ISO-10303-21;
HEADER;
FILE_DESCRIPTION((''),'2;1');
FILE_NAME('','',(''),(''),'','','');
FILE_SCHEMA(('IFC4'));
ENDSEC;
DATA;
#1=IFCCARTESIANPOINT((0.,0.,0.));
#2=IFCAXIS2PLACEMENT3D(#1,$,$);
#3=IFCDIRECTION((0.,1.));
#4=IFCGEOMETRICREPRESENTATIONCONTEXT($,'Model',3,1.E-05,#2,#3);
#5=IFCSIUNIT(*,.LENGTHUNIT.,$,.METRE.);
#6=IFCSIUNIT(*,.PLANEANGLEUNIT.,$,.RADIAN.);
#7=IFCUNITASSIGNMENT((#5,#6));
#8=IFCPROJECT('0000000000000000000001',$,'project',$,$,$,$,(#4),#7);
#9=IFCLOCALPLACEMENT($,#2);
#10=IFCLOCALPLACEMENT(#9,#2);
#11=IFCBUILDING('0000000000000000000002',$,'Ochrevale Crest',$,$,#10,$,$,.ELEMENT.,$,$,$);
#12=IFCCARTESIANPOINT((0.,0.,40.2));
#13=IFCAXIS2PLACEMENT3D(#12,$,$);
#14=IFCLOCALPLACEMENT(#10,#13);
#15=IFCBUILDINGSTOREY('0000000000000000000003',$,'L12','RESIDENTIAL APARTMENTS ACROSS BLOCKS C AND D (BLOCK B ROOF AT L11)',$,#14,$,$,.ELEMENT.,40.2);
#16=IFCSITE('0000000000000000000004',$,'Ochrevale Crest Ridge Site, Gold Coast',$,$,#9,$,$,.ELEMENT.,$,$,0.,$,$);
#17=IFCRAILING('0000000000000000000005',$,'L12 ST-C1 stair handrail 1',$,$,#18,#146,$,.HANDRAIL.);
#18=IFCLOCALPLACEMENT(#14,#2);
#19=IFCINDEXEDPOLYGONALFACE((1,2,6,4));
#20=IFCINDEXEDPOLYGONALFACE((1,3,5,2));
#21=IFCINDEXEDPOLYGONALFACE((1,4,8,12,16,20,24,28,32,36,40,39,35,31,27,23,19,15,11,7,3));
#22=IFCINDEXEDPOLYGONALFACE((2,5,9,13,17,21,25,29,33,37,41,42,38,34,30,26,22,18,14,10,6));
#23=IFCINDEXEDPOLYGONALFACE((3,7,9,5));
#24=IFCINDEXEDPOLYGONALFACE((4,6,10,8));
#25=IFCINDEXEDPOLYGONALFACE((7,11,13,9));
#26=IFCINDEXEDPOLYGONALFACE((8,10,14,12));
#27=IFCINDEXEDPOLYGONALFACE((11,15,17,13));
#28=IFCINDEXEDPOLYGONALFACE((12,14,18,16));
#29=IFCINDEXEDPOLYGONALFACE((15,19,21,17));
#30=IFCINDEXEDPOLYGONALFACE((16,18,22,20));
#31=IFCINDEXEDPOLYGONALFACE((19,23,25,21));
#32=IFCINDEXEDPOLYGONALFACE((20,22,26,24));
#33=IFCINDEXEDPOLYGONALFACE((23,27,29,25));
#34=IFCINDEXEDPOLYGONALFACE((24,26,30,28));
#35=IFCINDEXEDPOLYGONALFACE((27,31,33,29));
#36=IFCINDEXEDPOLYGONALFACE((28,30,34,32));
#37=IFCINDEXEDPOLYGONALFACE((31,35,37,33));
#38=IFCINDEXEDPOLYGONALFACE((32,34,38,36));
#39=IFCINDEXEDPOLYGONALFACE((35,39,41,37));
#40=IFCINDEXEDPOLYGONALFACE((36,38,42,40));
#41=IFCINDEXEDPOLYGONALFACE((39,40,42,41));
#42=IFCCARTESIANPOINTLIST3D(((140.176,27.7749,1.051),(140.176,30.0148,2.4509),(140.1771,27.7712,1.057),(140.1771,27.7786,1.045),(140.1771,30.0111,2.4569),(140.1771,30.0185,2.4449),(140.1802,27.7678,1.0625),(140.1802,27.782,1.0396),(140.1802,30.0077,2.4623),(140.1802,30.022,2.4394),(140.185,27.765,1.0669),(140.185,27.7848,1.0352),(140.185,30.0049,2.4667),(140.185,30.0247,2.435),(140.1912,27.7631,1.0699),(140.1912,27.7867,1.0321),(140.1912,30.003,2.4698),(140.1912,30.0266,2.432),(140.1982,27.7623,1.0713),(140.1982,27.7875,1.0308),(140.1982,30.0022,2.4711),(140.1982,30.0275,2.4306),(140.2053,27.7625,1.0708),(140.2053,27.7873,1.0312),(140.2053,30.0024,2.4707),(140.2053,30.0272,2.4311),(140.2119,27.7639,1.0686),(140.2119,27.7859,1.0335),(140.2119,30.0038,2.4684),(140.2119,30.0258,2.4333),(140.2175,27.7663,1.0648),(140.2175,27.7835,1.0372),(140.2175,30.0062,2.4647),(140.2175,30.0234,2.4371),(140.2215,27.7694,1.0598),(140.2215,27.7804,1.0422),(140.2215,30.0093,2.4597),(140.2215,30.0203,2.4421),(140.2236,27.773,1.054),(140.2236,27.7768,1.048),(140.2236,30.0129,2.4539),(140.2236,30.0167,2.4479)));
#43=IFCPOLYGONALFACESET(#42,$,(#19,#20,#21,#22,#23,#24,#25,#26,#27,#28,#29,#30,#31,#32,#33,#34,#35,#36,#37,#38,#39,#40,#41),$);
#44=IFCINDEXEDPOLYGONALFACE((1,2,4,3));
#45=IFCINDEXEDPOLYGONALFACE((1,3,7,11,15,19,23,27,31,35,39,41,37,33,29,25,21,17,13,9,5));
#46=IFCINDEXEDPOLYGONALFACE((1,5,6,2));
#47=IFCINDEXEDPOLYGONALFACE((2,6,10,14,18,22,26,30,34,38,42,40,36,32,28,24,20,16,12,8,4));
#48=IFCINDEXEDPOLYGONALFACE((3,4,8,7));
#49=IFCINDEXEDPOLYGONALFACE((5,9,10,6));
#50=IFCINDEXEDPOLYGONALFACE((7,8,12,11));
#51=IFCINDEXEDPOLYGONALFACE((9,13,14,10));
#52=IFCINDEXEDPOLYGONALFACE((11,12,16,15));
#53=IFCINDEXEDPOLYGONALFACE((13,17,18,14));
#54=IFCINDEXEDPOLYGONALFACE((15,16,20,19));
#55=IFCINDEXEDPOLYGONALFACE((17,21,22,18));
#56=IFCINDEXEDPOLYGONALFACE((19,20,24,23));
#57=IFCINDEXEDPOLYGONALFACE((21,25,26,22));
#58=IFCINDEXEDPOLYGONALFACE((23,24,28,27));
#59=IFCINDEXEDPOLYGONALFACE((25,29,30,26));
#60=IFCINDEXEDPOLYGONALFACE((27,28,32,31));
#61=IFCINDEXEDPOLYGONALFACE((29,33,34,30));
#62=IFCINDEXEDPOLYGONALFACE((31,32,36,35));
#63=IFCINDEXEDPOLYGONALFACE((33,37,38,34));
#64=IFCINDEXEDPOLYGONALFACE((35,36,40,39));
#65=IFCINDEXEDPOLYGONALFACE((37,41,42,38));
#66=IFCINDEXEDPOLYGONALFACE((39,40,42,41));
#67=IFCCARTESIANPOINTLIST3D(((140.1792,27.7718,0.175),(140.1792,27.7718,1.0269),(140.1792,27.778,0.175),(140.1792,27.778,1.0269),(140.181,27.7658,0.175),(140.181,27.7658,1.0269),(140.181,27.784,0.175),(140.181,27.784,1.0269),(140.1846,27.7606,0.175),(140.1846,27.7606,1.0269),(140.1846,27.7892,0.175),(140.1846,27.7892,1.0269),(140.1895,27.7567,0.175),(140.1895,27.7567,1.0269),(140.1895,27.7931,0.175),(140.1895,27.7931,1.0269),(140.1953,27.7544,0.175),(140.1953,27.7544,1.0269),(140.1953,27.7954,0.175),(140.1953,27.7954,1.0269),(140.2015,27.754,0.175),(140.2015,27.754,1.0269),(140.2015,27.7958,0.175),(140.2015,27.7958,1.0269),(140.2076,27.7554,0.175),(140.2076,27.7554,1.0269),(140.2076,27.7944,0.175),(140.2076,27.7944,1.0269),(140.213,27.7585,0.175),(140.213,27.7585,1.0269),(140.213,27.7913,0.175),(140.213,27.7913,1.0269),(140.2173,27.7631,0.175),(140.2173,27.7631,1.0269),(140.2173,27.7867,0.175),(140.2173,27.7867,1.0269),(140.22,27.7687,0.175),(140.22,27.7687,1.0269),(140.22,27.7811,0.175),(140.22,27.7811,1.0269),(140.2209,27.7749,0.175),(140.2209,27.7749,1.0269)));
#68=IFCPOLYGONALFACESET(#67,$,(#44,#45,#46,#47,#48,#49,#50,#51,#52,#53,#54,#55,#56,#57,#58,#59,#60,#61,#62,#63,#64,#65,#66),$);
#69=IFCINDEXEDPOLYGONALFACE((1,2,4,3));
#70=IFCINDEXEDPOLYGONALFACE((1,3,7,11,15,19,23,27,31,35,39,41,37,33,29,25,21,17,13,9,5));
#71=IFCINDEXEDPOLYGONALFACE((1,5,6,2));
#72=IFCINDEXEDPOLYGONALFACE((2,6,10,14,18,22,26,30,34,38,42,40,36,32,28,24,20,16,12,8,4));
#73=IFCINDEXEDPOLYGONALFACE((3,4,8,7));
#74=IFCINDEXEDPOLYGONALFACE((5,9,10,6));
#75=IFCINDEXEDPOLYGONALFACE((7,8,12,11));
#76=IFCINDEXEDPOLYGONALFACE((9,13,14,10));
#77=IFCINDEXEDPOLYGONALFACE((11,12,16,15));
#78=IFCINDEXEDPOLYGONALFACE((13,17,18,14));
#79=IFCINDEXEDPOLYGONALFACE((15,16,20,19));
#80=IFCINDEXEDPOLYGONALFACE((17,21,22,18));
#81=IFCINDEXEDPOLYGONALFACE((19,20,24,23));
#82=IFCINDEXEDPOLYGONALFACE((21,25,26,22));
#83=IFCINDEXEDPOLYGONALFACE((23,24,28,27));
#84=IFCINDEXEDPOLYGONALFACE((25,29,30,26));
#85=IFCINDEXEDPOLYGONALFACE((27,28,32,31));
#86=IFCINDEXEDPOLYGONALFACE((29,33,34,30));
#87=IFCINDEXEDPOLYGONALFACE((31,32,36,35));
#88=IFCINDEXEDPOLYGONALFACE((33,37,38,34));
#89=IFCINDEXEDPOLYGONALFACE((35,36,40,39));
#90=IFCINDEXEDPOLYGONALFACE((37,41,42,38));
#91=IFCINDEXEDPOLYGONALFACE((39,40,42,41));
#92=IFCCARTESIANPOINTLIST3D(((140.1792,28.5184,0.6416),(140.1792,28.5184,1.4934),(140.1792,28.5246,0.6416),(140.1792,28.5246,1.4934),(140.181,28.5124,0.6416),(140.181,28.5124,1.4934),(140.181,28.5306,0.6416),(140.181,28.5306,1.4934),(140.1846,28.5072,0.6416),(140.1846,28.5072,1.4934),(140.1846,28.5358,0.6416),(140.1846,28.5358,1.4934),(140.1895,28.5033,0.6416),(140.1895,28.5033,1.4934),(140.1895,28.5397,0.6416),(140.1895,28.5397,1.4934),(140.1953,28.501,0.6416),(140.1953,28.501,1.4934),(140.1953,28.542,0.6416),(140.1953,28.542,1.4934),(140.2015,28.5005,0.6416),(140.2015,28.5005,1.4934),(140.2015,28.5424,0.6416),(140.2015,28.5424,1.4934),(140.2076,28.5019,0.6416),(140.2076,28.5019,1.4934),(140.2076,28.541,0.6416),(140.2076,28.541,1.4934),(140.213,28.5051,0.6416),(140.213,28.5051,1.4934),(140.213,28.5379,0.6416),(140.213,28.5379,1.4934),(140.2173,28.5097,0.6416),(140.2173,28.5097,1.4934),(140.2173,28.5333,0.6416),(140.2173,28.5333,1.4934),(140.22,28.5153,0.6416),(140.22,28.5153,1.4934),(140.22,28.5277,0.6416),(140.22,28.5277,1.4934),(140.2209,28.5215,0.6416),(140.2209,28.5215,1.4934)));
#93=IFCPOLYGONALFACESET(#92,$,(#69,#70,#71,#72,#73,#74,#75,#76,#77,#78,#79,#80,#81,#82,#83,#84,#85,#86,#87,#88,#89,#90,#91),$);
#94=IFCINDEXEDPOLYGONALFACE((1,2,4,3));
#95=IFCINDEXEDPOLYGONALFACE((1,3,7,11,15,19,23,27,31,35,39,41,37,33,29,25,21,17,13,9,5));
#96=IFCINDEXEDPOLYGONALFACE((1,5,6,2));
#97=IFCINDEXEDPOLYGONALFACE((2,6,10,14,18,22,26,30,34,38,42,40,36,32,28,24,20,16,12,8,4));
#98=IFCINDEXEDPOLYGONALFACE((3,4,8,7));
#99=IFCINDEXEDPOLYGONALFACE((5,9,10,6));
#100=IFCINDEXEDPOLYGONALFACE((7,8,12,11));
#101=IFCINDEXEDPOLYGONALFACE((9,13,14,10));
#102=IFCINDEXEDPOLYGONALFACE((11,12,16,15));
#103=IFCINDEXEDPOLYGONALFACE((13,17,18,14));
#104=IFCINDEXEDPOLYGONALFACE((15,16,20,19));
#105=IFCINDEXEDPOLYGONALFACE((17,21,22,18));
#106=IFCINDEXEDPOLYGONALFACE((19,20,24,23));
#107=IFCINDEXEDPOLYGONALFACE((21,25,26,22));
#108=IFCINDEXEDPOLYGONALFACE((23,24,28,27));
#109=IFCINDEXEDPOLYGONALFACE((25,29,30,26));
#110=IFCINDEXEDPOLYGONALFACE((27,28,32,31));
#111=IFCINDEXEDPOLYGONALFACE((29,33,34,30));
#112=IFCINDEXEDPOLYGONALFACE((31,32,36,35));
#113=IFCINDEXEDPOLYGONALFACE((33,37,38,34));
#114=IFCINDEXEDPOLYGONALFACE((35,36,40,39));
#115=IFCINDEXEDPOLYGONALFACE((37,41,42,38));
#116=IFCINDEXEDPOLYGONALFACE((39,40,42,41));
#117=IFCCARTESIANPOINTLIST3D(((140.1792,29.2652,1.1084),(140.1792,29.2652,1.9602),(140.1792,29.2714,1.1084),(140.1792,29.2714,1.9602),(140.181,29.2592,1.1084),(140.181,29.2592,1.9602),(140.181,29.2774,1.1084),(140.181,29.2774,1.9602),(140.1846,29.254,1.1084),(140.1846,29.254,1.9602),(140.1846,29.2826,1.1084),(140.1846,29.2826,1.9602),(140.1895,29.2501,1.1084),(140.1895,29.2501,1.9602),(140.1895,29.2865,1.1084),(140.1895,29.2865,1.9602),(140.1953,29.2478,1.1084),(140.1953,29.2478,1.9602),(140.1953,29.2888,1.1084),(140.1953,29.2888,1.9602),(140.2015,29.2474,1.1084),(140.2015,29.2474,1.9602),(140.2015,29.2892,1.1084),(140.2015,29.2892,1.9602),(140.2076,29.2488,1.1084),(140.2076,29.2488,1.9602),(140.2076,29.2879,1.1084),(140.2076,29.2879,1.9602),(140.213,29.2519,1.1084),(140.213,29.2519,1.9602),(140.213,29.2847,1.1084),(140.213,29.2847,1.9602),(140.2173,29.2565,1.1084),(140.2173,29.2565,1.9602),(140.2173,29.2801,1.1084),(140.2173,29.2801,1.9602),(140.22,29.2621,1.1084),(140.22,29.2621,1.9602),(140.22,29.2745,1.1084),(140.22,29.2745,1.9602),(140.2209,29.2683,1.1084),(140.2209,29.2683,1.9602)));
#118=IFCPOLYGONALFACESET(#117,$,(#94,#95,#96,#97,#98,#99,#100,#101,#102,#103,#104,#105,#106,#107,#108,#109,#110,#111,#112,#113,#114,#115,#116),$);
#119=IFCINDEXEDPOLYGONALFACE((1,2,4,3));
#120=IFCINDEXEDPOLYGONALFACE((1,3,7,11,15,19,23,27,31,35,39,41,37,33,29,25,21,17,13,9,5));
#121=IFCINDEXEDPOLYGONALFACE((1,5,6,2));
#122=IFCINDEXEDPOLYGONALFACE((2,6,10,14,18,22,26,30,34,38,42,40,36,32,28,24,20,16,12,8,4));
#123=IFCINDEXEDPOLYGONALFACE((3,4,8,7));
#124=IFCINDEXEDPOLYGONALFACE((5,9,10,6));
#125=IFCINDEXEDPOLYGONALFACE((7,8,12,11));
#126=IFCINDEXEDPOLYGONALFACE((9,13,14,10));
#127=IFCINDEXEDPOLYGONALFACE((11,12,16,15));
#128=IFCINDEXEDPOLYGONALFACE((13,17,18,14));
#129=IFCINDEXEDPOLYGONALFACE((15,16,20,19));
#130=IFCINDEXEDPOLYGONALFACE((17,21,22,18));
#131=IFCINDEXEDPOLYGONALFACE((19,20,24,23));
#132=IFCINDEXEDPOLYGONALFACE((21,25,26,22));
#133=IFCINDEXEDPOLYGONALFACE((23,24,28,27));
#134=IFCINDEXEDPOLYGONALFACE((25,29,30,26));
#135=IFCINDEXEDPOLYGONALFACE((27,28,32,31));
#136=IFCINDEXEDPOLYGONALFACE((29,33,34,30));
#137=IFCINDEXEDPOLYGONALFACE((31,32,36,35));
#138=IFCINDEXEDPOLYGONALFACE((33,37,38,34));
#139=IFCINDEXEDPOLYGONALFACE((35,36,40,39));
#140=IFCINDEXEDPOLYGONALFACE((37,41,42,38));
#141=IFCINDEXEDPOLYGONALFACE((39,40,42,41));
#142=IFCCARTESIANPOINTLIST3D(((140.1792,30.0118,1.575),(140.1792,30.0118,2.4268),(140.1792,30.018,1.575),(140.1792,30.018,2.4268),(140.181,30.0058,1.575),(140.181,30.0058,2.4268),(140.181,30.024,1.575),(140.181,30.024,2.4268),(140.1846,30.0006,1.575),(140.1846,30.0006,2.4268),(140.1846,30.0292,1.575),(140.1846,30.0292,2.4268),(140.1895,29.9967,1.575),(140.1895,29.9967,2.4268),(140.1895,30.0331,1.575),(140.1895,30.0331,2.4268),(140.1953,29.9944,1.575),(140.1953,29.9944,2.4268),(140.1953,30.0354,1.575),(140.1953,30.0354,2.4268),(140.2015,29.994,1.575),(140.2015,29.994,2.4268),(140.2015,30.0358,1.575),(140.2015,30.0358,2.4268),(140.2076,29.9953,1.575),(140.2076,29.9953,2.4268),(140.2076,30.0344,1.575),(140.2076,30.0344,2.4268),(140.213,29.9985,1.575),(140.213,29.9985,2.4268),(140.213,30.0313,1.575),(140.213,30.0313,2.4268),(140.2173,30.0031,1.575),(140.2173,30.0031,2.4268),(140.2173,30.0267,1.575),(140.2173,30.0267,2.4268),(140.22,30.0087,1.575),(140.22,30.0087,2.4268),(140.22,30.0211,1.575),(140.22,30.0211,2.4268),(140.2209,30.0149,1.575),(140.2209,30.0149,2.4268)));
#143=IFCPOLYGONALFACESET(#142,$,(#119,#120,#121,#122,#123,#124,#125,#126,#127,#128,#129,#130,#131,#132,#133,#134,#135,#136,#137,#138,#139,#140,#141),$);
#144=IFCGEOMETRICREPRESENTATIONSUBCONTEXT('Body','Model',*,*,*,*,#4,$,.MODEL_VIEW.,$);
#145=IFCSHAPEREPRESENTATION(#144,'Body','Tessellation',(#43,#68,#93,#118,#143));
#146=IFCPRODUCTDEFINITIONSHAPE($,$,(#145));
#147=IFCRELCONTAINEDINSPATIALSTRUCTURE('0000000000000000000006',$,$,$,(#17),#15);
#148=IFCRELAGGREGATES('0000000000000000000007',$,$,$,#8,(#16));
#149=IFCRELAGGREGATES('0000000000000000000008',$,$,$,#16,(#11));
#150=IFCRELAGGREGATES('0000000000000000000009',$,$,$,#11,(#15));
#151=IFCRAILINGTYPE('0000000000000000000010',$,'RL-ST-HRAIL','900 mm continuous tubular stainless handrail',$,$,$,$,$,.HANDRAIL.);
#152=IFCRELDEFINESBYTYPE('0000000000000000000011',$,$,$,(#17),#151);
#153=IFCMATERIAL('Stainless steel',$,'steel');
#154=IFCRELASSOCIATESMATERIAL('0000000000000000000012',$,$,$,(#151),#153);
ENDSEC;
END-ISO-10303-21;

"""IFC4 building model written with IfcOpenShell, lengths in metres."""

from ifc_helpers import new_model, si_unit, direction, frame, origin, origin_2d, place, context, subcontext, project, spatial, circle, extrude, material, type_object, element, save


model = new_model("IFC4")

# Units and contexts
model_context = context("Model", 3, precision=1e-05, world=origin(), true_north=direction((0.0, 1.0)))
body_context = subcontext(model_context, "Body", "Model", "MODEL_VIEW")
ifc_project = project(units=[si_unit("LENGTHUNIT", "METRE"), si_unit("PLANEANGLEUNIT", "RADIAN")], contexts=[model_context])

# Site, building, storey
site_placement = place(None, origin())
site = spatial("IfcSite", under=ifc_project, at=site_placement, Name="Ochrevale Crest Ridge Site, Gold Coast", CompositionType="ELEMENT", RefElevation=0.0)
building_placement = place(site_placement, origin())
building = spatial("IfcBuilding", under=site, at=building_placement, Name="Ochrevale Crest", CompositionType="ELEMENT")
storey_placement = place(building_placement, frame((0.0, 0.0, 40.2)))
storey = spatial("IfcBuildingStorey", under=building, at=storey_placement, Name="L12", Description="RESIDENTIAL APARTMENTS ACROSS BLOCKS C AND D (BLOCK B ROOF AT L11)", CompositionType="ELEMENT", Elevation=40.2)

# Railing
ifc_material_1 = material(Name="Stainless steel", Category="steel")
railing_type_1 = type_object("IfcRailingType", Name="RL-ST-HRAIL", Description="900 mm continuous tubular stainless handrail", PredefinedType="HANDRAIL", material=ifc_material_1)
railing_1_placement = place(storey_placement, frame((140.2, 27.7749, 0.175)))
element("IfcRailing", 1, at=railing_1_placement, inside=storey, type_object=railing_type_1, Name="L12 ST-C1 stair handrail 1", PredefinedType="HANDRAIL", context=body_context, shape_type="SweptSolid", body=[
    extrude(circle(Radius=0.0239, at=origin_2d()), frame((0.0, 0.0, 0.876), z_axis=(0.0, 0.848014, 0.529974), x_axis=(-1.0, 0.0, 0.0)), (0.0, 0.0, 1.0), 2.6414),
    extrude(circle(Radius=0.021, at=origin_2d()), origin(), (0.0, 0.0, 1.0), 0.8518),
    extrude(circle(Radius=0.021, at=origin_2d()), frame((0.0, 0.7466, 0.4666)), (0.0, 0.0, 1.0), 0.8518),
    extrude(circle(Radius=0.021, at=origin_2d()), frame((0.0, 1.4934, 0.9333)), (0.0, 0.0, 1.0), 0.8518),
    extrude(circle(Radius=0.021, at=origin_2d()), frame((0.0, 2.24, 1.3999)), (0.0, 0.0, 1.0), 0.8518),
])

save(model, "model.ifc")
